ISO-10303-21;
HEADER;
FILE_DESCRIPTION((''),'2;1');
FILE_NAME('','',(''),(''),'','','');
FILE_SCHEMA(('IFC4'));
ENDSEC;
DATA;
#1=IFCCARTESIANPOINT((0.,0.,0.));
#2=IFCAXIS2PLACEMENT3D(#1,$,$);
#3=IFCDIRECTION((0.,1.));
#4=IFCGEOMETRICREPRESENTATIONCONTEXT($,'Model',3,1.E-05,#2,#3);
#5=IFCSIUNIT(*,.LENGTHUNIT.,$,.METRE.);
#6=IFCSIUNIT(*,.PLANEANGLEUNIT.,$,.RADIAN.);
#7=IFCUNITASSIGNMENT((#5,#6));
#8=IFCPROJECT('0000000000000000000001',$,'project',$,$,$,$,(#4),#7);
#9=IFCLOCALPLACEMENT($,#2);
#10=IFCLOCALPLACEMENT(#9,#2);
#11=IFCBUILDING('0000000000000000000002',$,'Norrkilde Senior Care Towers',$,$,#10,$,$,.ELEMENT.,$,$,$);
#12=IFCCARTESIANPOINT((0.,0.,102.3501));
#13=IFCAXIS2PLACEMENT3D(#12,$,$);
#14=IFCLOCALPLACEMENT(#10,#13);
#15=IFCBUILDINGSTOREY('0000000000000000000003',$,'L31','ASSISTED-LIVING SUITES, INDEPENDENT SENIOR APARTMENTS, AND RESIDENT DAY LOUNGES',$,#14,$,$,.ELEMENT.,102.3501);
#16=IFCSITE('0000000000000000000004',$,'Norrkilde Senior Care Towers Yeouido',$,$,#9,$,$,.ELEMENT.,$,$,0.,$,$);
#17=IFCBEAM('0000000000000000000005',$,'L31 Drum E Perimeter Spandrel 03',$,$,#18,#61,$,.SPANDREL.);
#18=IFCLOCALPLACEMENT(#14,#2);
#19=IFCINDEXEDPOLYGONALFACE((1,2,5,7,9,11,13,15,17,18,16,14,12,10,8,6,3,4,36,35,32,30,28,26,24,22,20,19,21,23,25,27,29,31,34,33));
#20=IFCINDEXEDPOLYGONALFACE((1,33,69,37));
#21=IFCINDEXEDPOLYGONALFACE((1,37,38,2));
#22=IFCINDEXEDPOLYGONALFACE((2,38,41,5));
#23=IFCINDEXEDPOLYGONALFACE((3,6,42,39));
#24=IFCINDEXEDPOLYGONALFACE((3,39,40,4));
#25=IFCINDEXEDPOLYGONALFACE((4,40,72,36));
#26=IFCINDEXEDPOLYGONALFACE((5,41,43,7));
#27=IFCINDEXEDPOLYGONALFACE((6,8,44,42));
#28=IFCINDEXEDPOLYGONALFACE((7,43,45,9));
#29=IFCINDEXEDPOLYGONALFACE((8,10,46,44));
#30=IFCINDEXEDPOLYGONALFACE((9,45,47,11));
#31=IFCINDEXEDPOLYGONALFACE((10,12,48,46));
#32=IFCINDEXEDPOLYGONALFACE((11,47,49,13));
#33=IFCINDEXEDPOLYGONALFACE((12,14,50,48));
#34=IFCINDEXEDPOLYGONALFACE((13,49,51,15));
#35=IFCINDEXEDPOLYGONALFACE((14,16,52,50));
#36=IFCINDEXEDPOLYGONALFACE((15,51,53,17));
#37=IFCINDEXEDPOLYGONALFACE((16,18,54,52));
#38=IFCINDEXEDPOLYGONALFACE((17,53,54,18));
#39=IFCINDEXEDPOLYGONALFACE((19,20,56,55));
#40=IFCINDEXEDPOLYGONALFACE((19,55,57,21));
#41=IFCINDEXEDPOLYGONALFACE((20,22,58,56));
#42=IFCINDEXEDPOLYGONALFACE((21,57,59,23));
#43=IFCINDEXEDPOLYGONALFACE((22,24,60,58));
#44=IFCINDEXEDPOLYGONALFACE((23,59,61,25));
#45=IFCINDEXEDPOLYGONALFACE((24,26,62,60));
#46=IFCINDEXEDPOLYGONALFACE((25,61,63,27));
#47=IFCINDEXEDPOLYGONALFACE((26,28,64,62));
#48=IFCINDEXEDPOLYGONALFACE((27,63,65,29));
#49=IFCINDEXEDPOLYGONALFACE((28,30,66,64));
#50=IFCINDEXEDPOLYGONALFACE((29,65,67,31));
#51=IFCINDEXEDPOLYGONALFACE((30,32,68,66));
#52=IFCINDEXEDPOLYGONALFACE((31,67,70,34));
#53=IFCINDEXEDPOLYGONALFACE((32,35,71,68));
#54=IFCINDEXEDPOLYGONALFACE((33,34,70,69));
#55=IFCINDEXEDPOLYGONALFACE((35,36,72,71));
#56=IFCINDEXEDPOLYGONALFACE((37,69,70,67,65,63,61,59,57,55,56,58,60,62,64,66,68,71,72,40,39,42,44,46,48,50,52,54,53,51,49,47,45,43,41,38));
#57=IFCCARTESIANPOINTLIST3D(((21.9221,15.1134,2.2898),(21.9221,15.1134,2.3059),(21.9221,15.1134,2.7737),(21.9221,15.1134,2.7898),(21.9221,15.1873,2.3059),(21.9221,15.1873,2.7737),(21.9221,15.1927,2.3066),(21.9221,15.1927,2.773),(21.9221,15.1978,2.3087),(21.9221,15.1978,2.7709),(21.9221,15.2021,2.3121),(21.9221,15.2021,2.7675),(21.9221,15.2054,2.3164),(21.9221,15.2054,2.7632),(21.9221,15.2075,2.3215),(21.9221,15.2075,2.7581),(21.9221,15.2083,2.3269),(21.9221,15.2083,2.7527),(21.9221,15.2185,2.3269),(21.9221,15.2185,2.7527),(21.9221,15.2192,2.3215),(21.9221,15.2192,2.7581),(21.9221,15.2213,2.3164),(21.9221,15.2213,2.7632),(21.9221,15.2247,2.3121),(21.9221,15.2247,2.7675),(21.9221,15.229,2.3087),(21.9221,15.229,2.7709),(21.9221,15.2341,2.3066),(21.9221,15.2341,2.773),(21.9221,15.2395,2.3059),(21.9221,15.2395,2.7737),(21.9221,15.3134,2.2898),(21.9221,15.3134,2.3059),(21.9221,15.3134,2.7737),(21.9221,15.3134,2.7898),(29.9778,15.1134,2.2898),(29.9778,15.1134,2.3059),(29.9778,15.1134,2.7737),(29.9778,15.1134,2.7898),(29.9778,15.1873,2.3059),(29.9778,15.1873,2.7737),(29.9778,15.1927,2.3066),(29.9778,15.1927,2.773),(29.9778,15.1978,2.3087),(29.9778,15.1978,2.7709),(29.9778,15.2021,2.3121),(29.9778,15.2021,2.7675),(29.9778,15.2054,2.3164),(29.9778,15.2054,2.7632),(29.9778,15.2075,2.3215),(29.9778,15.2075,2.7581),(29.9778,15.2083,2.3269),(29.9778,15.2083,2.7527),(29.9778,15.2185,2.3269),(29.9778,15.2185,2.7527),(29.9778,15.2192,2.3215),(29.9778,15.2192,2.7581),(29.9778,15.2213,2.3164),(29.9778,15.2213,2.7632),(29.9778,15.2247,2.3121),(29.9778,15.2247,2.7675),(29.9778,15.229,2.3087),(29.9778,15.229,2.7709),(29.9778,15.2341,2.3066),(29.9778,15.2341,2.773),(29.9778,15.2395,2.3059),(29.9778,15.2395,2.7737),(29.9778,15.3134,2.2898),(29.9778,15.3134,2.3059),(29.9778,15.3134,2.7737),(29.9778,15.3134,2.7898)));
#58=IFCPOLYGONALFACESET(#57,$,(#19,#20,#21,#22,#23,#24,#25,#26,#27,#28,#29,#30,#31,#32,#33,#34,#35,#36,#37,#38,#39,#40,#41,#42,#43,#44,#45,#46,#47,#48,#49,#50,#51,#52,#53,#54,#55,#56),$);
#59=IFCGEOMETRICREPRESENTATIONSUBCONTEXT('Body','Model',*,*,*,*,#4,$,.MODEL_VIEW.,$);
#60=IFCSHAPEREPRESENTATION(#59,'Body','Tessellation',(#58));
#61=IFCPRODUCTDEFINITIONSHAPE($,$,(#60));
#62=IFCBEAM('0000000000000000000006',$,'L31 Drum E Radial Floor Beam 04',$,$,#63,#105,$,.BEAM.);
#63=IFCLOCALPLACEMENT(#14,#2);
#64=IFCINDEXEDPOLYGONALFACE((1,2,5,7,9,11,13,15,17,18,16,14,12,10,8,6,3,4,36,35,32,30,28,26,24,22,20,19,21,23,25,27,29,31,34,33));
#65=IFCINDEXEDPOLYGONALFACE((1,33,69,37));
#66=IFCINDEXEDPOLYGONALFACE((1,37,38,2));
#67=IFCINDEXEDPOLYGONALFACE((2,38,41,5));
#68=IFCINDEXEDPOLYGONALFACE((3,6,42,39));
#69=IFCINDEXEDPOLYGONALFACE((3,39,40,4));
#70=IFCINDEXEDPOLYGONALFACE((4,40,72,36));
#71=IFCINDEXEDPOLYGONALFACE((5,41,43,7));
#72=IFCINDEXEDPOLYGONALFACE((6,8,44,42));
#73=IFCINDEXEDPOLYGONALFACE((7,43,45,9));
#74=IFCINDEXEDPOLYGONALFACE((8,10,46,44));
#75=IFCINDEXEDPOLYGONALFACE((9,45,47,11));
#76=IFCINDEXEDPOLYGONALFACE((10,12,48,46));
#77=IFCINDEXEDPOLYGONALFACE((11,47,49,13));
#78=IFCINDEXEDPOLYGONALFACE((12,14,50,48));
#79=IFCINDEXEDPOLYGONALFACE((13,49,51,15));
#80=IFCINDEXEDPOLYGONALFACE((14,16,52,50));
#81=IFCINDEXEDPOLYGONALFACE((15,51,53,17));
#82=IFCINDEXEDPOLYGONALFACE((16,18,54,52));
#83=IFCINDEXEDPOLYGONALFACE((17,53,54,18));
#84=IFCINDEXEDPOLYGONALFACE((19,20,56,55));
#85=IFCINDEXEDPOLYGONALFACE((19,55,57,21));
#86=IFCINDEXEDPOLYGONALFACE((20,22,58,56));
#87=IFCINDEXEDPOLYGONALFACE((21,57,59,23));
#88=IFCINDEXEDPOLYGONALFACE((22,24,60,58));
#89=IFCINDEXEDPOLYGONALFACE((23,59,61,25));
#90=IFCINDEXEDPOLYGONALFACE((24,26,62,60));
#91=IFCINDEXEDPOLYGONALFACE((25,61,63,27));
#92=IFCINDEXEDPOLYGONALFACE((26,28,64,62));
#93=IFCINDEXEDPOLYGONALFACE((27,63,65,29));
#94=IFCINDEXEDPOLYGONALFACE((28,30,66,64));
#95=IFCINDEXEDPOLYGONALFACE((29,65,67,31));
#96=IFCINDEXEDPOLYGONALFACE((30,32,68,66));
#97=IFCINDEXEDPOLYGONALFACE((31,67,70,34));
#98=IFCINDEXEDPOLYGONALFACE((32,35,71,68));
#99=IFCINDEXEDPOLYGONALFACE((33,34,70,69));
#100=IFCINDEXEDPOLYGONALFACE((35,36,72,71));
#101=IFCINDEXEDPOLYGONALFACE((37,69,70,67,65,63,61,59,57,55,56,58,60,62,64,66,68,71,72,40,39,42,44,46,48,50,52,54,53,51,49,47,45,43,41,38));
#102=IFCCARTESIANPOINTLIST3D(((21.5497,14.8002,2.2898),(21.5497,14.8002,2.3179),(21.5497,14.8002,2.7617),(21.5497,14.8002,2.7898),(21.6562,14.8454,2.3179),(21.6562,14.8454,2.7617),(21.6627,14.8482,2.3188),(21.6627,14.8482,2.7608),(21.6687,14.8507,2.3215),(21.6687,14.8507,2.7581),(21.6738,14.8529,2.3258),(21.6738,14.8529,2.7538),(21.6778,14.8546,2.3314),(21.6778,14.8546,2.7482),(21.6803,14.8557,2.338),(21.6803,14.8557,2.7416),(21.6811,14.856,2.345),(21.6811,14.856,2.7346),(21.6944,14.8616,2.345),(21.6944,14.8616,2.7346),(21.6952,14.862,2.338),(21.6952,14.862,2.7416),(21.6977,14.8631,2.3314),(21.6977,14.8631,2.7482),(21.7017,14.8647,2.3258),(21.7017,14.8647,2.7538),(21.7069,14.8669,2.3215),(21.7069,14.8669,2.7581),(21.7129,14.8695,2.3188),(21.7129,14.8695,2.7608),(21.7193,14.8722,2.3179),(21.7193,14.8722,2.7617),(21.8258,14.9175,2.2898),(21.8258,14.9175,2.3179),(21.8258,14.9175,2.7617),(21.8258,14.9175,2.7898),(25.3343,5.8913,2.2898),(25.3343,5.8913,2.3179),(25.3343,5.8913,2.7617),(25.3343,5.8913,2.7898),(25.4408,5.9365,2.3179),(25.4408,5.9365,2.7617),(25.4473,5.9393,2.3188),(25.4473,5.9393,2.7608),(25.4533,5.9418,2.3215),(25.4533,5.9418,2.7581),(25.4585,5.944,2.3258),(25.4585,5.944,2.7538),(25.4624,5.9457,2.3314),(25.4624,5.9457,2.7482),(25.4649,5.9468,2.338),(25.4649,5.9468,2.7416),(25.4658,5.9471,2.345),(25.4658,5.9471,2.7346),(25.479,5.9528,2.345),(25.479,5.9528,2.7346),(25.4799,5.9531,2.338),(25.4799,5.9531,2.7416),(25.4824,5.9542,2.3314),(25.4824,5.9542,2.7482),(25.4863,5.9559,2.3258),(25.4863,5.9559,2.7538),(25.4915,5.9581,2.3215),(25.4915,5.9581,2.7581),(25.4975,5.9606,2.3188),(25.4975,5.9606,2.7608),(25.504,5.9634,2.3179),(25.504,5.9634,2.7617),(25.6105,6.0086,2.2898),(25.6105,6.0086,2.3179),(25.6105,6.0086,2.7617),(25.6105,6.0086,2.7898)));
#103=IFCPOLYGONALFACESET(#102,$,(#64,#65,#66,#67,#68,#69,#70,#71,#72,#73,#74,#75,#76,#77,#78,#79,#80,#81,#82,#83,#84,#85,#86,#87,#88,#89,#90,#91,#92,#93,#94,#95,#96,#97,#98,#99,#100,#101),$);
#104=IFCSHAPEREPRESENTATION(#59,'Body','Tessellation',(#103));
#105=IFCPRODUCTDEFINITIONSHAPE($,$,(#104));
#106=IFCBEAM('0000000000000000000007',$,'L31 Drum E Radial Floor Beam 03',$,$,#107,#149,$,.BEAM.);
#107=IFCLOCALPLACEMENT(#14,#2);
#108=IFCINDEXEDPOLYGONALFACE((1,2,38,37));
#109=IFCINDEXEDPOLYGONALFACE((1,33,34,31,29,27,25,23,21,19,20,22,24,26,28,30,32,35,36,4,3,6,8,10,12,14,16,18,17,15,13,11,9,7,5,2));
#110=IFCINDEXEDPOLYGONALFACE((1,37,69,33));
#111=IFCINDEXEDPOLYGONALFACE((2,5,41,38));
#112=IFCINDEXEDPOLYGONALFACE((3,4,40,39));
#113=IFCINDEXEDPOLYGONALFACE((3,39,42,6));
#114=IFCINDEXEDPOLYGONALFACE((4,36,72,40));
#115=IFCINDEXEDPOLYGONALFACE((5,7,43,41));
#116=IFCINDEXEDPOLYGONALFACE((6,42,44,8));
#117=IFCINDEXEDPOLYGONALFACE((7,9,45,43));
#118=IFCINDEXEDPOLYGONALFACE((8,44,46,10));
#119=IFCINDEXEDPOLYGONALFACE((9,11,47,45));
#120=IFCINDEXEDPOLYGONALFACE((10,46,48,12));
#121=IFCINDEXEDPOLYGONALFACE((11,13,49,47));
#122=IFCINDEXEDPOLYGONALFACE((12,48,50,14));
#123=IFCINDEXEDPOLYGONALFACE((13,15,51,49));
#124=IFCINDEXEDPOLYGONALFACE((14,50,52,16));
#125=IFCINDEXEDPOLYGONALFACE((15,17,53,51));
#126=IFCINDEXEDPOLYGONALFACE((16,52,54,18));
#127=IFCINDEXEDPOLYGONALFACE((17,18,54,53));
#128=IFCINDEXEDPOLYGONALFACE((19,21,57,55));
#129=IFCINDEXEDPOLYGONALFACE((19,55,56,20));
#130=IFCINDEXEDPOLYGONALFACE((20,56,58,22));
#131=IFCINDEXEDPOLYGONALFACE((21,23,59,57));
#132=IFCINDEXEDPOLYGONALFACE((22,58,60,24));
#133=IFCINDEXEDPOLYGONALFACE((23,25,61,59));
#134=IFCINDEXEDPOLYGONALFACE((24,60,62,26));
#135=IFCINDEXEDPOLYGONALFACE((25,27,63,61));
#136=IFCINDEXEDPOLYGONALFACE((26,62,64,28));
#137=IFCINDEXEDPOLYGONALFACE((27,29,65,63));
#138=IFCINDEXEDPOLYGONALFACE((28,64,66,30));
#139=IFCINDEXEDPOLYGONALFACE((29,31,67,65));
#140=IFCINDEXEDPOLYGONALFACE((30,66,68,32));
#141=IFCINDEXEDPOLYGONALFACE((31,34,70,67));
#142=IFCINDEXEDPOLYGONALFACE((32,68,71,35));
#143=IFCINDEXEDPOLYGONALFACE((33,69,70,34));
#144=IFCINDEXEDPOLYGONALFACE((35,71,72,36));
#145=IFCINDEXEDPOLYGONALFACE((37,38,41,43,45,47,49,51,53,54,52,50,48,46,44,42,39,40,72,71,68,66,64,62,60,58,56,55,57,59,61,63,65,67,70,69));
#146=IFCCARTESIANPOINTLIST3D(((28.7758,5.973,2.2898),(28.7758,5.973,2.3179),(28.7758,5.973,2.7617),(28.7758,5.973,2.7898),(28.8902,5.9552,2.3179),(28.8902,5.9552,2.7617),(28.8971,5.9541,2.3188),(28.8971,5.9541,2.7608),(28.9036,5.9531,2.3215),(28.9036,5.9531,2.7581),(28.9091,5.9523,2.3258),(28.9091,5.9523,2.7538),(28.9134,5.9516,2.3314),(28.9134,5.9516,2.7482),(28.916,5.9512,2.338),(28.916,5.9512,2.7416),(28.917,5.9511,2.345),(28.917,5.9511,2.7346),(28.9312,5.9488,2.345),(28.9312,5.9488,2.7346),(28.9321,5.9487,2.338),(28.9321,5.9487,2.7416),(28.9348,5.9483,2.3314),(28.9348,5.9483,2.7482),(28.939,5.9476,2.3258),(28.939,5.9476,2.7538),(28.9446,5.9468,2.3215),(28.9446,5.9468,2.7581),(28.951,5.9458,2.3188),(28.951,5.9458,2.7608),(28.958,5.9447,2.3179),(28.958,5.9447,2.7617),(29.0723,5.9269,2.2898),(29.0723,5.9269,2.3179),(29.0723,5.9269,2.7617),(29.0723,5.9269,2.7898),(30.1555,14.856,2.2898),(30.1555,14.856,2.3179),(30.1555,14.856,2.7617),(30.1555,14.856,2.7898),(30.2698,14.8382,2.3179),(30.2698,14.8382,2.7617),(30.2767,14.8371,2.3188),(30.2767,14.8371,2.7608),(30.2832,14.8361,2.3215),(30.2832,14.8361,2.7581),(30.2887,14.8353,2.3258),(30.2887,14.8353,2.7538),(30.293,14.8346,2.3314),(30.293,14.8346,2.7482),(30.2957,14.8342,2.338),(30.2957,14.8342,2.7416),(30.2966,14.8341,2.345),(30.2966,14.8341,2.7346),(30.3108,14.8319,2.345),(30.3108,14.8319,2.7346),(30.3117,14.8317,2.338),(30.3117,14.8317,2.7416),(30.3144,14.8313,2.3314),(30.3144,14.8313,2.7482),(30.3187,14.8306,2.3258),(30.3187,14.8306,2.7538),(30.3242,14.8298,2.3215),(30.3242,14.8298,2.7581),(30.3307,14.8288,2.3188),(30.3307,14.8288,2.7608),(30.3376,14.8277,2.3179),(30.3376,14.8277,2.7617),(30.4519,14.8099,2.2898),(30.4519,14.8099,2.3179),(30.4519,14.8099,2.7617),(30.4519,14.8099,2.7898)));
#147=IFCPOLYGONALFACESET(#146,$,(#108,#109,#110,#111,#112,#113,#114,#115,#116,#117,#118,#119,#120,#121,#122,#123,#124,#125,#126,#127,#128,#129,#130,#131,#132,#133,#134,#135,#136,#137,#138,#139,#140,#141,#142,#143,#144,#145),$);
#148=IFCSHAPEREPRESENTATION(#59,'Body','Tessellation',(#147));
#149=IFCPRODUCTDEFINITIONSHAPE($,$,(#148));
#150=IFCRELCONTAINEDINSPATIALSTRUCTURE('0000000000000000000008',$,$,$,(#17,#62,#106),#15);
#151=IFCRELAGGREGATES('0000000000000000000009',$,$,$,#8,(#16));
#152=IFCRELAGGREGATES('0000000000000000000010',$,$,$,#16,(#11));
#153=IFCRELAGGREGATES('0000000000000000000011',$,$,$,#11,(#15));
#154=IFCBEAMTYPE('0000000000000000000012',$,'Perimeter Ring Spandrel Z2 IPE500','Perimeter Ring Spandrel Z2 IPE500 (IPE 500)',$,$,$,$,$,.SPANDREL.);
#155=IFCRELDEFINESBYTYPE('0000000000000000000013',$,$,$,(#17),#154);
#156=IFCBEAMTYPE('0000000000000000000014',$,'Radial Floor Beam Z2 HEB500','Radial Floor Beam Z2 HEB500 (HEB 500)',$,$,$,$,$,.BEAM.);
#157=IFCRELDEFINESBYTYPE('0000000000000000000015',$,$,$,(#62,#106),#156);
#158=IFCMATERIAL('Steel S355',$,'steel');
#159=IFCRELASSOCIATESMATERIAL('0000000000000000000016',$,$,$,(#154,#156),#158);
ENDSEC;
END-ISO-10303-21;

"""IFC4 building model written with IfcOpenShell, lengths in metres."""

from ifc_helpers import new_model, si_unit, direction, frame, origin, origin_2d, place, context, subcontext, project, spatial, i_section, extrude, source, transform, mapped, material, material_profile, profile_set, type_object, element, save


model = new_model("IFC4")

# Units and contexts
model_context = context("Model", 3, precision=1e-05, world=origin(), true_north=direction((0.0, 1.0)))
body_context = subcontext(model_context, "Body", "Model", "MODEL_VIEW")
ifc_project = project(units=[si_unit("LENGTHUNIT", "METRE"), si_unit("PLANEANGLEUNIT", "RADIAN")], contexts=[model_context])

# Site, building, storey
site_placement = place(None, origin())
site = spatial("IfcSite", under=ifc_project, at=site_placement, Name="Norrkilde Senior Care Towers Yeouido", CompositionType="ELEMENT", RefElevation=0.0)
building_placement = place(site_placement, origin())
building = spatial("IfcBuilding", under=site, at=building_placement, Name="Norrkilde Senior Care Towers", CompositionType="ELEMENT")
storey_placement = place(building_placement, frame((0.0, 0.0, 102.3501)))
storey = spatial("IfcBuildingStorey", under=building, at=storey_placement, Name="L31", Description="ASSISTED-LIVING SUITES, INDEPENDENT SENIOR APARTMENTS, AND RESIDENT DAY LOUNGES", CompositionType="ELEMENT", Elevation=102.3501)

# Beams
ifc_material_1 = material(Name="Steel S355", Category="steel")
ifc_material_profile_1 = material_profile(ifc_material_1, i_section(OverallWidth=0.2, OverallDepth=0.5, WebThickness=0.0103, FlangeThickness=0.0161, FilletRadius=0.021, at=origin_2d()), Name="IPE 500")
ifc_profile_set_1 = profile_set([ifc_material_profile_1], Name="Steel S355")
beam_type_1 = type_object("IfcBeamType", Name="Perimeter Ring Spandrel Z2 IPE500", Description="Perimeter Ring Spandrel Z2 IPE500 (IPE 500)", PredefinedType="SPANDREL", material=ifc_profile_set_1)
shared_shape_1 = source(origin(), body_context, "Body", "SweptSolid", [
    extrude(i_section(OverallWidth=0.2, OverallDepth=0.5, WebThickness=0.0103, FlangeThickness=0.0161, FilletRadius=0.021, at=origin_2d()), origin(), (0.0, 0.0, 1.0), 8.0557),
])
beam_1_placement = place(storey_placement, frame((29.9778, 15.2134, 2.5398), z_axis=(-1.0, 0.0, 0.0), x_axis=(0.0, -1.0, 0.0)))
element("IfcBeam", 1, at=beam_1_placement, inside=storey, type_object=beam_type_1, Name="L31 Drum E Perimeter Spandrel 03", PredefinedType="SPANDREL", context=body_context, shape_type="MappedRepresentation", body=[
    mapped(shared_shape_1, transform((0.0, 0.0, 0.0), x_axis=(1.0, 0.0, 0.0), y_axis=(0.0, 1.0, 0.0), z_axis=(0.0, 0.0, 1.0), scale=1.0)),
])
ifc_material_profile_2 = material_profile(ifc_material_1, i_section(OverallWidth=0.3, OverallDepth=0.5, WebThickness=0.0144, FlangeThickness=0.0281, FilletRadius=0.0271, at=origin_2d()), Name="HEB 500")
ifc_profile_set_2 = profile_set([ifc_material_profile_2], Name="Steel S355")
beam_type_2 = type_object("IfcBeamType", Name="Radial Floor Beam Z2 HEB500", Description="Radial Floor Beam Z2 HEB500 (HEB 500)", PredefinedType="BEAM", material=ifc_profile_set_2)
shared_shape_2 = source(origin(), body_context, "Body", "SweptSolid", [
    extrude(i_section(OverallWidth=0.3, OverallDepth=0.5, WebThickness=0.0144, FlangeThickness=0.0281, FilletRadius=0.0271, at=origin_2d()), origin(), (0.0, 0.0, 1.0), 9.6794),
])
beam_2_placement = place(storey_placement, frame((25.4724, 5.95, 2.5398), z_axis=(-0.390998, 0.920392, 0.0), x_axis=(-0.920392, -0.390998, 0.0)))
element("IfcBeam", 2, at=beam_2_placement, inside=storey, type_object=beam_type_2, Name="L31 Drum E Radial Floor Beam 04", PredefinedType="BEAM", context=body_context, shape_type="MappedRepresentation", body=[
    mapped(shared_shape_2, transform((0.0, 0.0, 0.0), x_axis=(1.0, 0.0, 0.0), y_axis=(0.0, 1.0, 0.0), z_axis=(0.0, 0.0, 1.0), scale=1.0)),
])
shared_shape_3 = source(origin(), body_context, "Body", "SweptSolid", [
    extrude(i_section(OverallWidth=0.3, OverallDepth=0.5, WebThickness=0.0144, FlangeThickness=0.0281, FilletRadius=0.0271, at=origin_2d()), origin(), (0.0, 0.0, 1.0), 8.9895),
])
beam_3_placement = place(storey_placement, frame((28.9241, 5.95, 2.5398), z_axis=(0.153471, 0.988153, 0.0), x_axis=(-0.988153, 0.153471, 0.0)))
element("IfcBeam", 3, at=beam_3_placement, inside=storey, type_object=beam_type_2, Name="L31 Drum E Radial Floor Beam 03", PredefinedType="BEAM", context=body_context, shape_type="MappedRepresentation", body=[
    mapped(shared_shape_3, transform((0.0, 0.0, 0.0), x_axis=(1.0, 0.0, 0.0), y_axis=(0.0, 1.0, 0.0), z_axis=(0.0, 0.0, 1.0), scale=1.0)),
])

save(model, "model.ifc")
